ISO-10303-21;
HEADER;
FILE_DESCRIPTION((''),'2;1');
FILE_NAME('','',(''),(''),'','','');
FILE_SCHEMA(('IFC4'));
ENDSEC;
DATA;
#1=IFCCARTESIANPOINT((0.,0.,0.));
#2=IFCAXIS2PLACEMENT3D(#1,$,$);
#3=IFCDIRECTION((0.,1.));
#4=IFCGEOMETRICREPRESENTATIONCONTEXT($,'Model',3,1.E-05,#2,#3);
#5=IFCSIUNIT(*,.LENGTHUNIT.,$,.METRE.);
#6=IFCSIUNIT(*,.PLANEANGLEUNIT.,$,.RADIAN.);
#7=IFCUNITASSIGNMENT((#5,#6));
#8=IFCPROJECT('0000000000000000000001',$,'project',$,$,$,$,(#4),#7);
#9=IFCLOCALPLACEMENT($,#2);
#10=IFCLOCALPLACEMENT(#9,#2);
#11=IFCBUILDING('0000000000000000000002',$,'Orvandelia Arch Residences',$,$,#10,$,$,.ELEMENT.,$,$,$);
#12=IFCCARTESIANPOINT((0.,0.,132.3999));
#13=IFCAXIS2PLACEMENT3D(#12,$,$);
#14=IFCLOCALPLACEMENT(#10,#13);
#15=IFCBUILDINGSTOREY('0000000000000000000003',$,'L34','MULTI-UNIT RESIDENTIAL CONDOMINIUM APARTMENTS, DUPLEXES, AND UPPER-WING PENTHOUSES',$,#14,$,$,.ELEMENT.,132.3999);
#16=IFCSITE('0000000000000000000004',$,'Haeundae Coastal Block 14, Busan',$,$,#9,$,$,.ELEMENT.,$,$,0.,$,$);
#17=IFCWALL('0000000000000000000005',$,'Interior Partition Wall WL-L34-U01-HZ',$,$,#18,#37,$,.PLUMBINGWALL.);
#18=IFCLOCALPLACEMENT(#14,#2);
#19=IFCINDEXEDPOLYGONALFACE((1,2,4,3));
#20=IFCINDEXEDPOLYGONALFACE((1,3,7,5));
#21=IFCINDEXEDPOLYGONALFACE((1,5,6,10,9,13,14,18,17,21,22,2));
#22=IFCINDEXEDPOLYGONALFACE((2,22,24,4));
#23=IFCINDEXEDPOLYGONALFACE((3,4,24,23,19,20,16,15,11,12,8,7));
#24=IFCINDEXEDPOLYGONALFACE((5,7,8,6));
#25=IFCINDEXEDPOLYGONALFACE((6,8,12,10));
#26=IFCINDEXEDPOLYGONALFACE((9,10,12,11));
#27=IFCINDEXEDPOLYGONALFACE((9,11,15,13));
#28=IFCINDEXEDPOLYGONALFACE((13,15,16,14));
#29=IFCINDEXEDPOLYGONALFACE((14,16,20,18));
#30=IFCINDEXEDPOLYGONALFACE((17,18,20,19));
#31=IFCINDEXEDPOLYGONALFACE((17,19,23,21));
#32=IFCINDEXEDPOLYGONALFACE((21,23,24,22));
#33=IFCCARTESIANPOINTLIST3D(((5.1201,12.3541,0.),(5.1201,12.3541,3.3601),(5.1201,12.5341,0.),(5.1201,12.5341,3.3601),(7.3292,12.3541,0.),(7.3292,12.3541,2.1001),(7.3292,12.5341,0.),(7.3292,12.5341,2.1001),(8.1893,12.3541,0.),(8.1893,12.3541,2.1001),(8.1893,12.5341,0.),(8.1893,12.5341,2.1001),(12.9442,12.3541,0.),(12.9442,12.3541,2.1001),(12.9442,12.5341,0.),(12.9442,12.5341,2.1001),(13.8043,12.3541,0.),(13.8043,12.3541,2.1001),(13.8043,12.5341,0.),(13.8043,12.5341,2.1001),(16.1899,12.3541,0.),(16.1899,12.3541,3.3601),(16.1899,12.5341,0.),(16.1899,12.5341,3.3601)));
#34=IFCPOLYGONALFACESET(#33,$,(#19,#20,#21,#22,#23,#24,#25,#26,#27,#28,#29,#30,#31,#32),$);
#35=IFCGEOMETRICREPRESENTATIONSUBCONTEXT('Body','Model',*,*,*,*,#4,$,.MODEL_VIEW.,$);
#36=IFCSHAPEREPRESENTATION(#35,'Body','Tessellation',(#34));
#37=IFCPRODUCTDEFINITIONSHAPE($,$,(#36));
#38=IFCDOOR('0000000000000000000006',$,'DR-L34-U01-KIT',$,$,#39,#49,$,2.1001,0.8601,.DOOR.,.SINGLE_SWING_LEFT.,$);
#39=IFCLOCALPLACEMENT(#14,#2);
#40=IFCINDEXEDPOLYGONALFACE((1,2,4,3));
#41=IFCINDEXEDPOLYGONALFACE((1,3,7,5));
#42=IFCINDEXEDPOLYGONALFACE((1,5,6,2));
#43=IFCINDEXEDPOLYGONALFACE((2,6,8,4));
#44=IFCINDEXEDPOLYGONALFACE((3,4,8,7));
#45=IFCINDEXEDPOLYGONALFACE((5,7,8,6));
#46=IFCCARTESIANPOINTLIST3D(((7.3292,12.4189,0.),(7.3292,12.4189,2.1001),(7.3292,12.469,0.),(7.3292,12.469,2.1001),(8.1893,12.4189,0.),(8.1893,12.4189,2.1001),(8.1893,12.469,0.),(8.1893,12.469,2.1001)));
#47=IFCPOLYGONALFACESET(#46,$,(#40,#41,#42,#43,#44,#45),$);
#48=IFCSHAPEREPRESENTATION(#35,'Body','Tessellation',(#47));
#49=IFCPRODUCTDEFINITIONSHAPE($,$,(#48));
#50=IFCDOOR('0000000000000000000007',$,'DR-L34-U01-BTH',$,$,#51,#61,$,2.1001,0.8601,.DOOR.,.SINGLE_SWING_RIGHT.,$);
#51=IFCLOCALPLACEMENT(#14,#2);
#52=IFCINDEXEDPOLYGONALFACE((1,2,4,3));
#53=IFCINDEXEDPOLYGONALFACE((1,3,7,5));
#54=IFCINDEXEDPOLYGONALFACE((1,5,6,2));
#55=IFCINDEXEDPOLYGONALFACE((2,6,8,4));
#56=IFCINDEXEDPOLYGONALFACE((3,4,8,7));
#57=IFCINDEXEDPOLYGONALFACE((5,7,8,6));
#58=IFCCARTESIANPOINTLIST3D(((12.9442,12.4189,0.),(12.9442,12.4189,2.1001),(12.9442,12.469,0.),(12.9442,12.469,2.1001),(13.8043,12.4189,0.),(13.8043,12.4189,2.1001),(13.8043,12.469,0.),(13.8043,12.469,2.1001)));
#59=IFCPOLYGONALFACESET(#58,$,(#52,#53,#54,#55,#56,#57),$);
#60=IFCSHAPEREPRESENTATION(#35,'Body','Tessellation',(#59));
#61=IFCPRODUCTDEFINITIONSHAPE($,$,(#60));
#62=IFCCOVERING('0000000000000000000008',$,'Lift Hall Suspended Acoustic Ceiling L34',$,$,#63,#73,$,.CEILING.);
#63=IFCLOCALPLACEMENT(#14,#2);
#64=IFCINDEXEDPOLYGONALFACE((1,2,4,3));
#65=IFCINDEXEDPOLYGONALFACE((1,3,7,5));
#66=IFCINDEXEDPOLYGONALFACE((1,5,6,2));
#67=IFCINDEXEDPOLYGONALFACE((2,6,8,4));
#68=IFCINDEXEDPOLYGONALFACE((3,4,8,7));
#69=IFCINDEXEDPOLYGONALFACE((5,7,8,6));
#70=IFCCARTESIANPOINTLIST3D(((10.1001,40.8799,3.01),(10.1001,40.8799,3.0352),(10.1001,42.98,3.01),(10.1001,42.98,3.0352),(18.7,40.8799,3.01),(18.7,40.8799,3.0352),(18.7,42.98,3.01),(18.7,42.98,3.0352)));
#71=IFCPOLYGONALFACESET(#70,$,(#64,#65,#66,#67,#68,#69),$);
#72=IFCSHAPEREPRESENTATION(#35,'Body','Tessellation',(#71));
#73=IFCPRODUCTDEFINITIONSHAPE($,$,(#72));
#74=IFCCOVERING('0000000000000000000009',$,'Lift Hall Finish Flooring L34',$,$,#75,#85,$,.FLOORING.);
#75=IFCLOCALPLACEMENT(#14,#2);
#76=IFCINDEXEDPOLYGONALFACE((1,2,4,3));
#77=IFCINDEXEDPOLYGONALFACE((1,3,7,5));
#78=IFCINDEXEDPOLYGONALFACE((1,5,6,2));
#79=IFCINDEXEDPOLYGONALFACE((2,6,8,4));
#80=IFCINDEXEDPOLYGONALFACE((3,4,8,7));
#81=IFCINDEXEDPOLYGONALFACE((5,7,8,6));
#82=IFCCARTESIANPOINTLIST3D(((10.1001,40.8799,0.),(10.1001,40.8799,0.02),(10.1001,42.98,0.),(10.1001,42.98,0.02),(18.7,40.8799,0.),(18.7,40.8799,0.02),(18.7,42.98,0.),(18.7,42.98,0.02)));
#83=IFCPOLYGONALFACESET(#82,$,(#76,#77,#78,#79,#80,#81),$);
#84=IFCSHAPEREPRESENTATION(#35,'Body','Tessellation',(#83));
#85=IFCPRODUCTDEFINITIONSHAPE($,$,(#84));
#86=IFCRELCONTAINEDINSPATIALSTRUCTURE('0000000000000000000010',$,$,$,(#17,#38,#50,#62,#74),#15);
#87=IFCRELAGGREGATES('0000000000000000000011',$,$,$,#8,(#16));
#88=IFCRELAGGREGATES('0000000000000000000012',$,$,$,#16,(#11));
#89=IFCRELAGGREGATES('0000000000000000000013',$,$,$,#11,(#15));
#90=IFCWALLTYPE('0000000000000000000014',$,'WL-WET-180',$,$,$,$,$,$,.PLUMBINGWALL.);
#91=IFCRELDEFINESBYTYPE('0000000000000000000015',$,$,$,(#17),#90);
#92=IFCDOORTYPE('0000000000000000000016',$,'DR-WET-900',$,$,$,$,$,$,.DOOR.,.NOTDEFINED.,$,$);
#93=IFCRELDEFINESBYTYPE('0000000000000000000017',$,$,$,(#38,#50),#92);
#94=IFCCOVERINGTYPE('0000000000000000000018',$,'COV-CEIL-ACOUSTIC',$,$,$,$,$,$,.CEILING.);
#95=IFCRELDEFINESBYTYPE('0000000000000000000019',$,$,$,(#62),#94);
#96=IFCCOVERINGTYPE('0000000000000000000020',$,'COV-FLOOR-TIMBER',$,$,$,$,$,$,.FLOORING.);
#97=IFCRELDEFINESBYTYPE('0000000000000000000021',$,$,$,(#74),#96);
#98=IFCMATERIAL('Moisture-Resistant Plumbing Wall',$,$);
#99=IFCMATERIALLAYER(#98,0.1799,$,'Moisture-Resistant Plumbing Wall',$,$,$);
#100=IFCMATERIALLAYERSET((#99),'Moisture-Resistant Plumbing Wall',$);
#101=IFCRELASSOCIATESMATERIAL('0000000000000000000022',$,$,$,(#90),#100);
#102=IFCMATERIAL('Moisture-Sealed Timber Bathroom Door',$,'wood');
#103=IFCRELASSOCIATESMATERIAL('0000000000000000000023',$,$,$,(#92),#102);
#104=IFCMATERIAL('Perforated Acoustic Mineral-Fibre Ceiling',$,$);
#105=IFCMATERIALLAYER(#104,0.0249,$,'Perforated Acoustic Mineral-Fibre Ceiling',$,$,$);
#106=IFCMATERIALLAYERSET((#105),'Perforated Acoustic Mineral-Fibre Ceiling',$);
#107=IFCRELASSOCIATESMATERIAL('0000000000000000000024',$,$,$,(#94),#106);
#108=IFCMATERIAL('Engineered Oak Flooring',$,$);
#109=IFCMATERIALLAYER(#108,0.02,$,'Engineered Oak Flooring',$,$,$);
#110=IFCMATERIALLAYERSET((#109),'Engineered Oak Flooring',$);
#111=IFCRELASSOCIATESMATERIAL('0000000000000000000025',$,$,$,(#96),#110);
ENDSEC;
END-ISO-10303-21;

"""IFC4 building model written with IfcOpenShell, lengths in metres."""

from ifc_helpers import new_model, si_unit, direction, frame, frame_2d, origin, place, context, subcontext, project, spatial, polyline, rectangle, outline, extrude, material, layer, layer_set, type_object, element, fill, save


model = new_model("IFC4")

# Units and contexts
model_context = context("Model", 3, precision=1e-05, world=origin(), true_north=direction((0.0, 1.0)))
body_context = subcontext(model_context, "Body", "Model", "MODEL_VIEW")
ifc_project = project(units=[si_unit("LENGTHUNIT", "METRE"), si_unit("PLANEANGLEUNIT", "RADIAN")], contexts=[model_context])

# Site, building, storey
site_placement = place(None, origin())
site = spatial("IfcSite", under=ifc_project, at=site_placement, Name="Haeundae Coastal Block 14, Busan", CompositionType="ELEMENT", RefElevation=0.0)
building_placement = place(site_placement, origin())
building = spatial("IfcBuilding", under=site, at=building_placement, Name="Orvandelia Arch Residences", CompositionType="ELEMENT")
storey_placement = place(building_placement, frame((0.0, 0.0, 132.3999)))
storey = spatial("IfcBuildingStorey", under=building, at=storey_placement, Name="L34", Description="MULTI-UNIT RESIDENTIAL CONDOMINIUM APARTMENTS, DUPLEXES, AND UPPER-WING PENTHOUSES", CompositionType="ELEMENT", Elevation=132.3999)

# Wall, openings, doors
ifc_material_1 = material(Name="Moisture-Resistant Plumbing Wall")
ifc_layer_1 = layer(ifc_material_1, 0.1799, Name="Moisture-Resistant Plumbing Wall")
ifc_layer_set_1 = layer_set([ifc_layer_1], Name="Moisture-Resistant Plumbing Wall")
wall_type_1 = type_object("IfcWallType", Name="WL-WET-180", PredefinedType="PLUMBINGWALL", material=ifc_layer_set_1)
wall_1_placement = place(storey_placement, frame((5.1201, 12.4441, 0.0), z_axis=(0.0, 0.0, 1.0), x_axis=(1.0, 0.0, 0.0)))
wall_1 = element("IfcWall", 1, at=wall_1_placement, inside=storey, type_object=wall_type_1, Name="Interior Partition Wall WL-L34-U01-HZ", PredefinedType="PLUMBINGWALL", context=body_context, shape_type="SweptSolid", body=[
    extrude(rectangle(XDim=11.0698, YDim=0.1799, at=frame_2d((5.5349, 0.0))), origin(), (0.0, 0.0, 1.0), 3.3601),
])
opening_1_placement = place(wall_1_placement, frame((2.209, 0.0, 0.0)))
opening_1 = element("IfcOpeningElement", 2, at=opening_1_placement, cuts=wall_1, PredefinedType="OPENING", context=body_context, shape_type="SweptSolid", body=[
    extrude(rectangle(XDim=0.8601, YDim=2.1001, at=frame_2d((0.4302, 1.05))), frame((0.0, 0.1001, 0.0), z_axis=(0.0, -1.0, 0.0), x_axis=(1.0, 0.0, 0.0)), (0.0, 0.0, 1.0), 0.2),
])
opening_2_placement = place(wall_1_placement, frame((7.824, 0.0, 0.0)))
opening_2 = element("IfcOpeningElement", 3, at=opening_2_placement, cuts=wall_1, PredefinedType="OPENING", context=body_context, shape_type="SweptSolid", body=[
    extrude(rectangle(XDim=0.8601, YDim=2.1001, at=frame_2d((0.4302, 1.05))), frame((0.0, 0.1001, 0.0), z_axis=(0.0, -1.0, 0.0), x_axis=(1.0, 0.0, 0.0)), (0.0, 0.0, 1.0), 0.2),
])
ifc_material_2 = material(Name="Moisture-Sealed Timber Bathroom Door", Category="wood")
door_type_1 = type_object("IfcDoorType", Name="DR-WET-900", OperationType="NOTDEFINED", PredefinedType="DOOR", material=ifc_material_2)
door_1_placement = place(opening_1_placement, origin())
door_1 = element("IfcDoor", 4, at=door_1_placement, inside=storey, type_object=door_type_1, Name="DR-L34-U01-KIT", OperationType="SINGLE_SWING_LEFT", OverallHeight=2.1001, OverallWidth=0.8601, PredefinedType="DOOR", context=body_context, shape_type="SweptSolid", body=[
    extrude(rectangle(XDim=0.8601, YDim=2.1001, at=frame_2d((0.4302, 1.05))), frame((0.0, 0.0249, 0.0), z_axis=(0.0, -1.0, 0.0), x_axis=(1.0, 0.0, 0.0)), (0.0, 0.0, 1.0), 0.05),
])
fill(opening_1, door_1)
door_2_placement = place(opening_2_placement, origin())
door_2 = element("IfcDoor", 5, at=door_2_placement, inside=storey, type_object=door_type_1, Name="DR-L34-U01-BTH", OperationType="SINGLE_SWING_RIGHT", OverallHeight=2.1001, OverallWidth=0.8601, PredefinedType="DOOR", context=body_context, shape_type="SweptSolid", body=[
    extrude(rectangle(XDim=0.8601, YDim=2.1001, at=frame_2d((0.4302, 1.05))), frame((0.0, 0.0249, 0.0), z_axis=(0.0, -1.0, 0.0), x_axis=(1.0, 0.0, 0.0)), (0.0, 0.0, 1.0), 0.05),
])
fill(opening_2, door_2)

# Coverings
ifc_material_3 = material(Name="Perforated Acoustic Mineral-Fibre Ceiling")
ifc_layer_2 = layer(ifc_material_3, 0.0249, Name="Perforated Acoustic Mineral-Fibre Ceiling")
ifc_layer_set_2 = layer_set([ifc_layer_2], Name="Perforated Acoustic Mineral-Fibre Ceiling")
covering_type_1 = type_object("IfcCoveringType", Name="COV-CEIL-ACOUSTIC", PredefinedType="CEILING", material=ifc_layer_set_2)
covering_1_placement = place(storey_placement, frame((0.0, 0.0, 3.01)))
element("IfcCovering", 6, at=covering_1_placement, inside=storey, type_object=covering_type_1, Name="Lift Hall Suspended Acoustic Ceiling L34", PredefinedType="CEILING", context=body_context, shape_type="SweptSolid", body=[
    extrude(outline(polyline([(10.1001, 40.8799), (18.7, 40.8799), (18.7, 42.98), (10.1001, 42.98), (10.1001, 40.8799)])), origin(), (0.0, 0.0, 1.0), 0.0251),
])
ifc_material_4 = material(Name="Engineered Oak Flooring")
ifc_layer_3 = layer(ifc_material_4, 0.02, Name="Engineered Oak Flooring")
ifc_layer_set_3 = layer_set([ifc_layer_3], Name="Engineered Oak Flooring")
covering_type_2 = type_object("IfcCoveringType", Name="COV-FLOOR-TIMBER", PredefinedType="FLOORING", material=ifc_layer_set_3)
covering_2_placement = place(storey_placement, origin())
element("IfcCovering", 7, at=covering_2_placement, inside=storey, type_object=covering_type_2, Name="Lift Hall Finish Flooring L34", PredefinedType="FLOORING", context=body_context, shape_type="SweptSolid", body=[
    extrude(outline(polyline([(10.1001, 40.8799), (18.7, 40.8799), (18.7, 42.98), (10.1001, 42.98), (10.1001, 40.8799)])), origin(), (0.0, 0.0, 1.0), 0.02),
])

save(model, "model.ifc")
